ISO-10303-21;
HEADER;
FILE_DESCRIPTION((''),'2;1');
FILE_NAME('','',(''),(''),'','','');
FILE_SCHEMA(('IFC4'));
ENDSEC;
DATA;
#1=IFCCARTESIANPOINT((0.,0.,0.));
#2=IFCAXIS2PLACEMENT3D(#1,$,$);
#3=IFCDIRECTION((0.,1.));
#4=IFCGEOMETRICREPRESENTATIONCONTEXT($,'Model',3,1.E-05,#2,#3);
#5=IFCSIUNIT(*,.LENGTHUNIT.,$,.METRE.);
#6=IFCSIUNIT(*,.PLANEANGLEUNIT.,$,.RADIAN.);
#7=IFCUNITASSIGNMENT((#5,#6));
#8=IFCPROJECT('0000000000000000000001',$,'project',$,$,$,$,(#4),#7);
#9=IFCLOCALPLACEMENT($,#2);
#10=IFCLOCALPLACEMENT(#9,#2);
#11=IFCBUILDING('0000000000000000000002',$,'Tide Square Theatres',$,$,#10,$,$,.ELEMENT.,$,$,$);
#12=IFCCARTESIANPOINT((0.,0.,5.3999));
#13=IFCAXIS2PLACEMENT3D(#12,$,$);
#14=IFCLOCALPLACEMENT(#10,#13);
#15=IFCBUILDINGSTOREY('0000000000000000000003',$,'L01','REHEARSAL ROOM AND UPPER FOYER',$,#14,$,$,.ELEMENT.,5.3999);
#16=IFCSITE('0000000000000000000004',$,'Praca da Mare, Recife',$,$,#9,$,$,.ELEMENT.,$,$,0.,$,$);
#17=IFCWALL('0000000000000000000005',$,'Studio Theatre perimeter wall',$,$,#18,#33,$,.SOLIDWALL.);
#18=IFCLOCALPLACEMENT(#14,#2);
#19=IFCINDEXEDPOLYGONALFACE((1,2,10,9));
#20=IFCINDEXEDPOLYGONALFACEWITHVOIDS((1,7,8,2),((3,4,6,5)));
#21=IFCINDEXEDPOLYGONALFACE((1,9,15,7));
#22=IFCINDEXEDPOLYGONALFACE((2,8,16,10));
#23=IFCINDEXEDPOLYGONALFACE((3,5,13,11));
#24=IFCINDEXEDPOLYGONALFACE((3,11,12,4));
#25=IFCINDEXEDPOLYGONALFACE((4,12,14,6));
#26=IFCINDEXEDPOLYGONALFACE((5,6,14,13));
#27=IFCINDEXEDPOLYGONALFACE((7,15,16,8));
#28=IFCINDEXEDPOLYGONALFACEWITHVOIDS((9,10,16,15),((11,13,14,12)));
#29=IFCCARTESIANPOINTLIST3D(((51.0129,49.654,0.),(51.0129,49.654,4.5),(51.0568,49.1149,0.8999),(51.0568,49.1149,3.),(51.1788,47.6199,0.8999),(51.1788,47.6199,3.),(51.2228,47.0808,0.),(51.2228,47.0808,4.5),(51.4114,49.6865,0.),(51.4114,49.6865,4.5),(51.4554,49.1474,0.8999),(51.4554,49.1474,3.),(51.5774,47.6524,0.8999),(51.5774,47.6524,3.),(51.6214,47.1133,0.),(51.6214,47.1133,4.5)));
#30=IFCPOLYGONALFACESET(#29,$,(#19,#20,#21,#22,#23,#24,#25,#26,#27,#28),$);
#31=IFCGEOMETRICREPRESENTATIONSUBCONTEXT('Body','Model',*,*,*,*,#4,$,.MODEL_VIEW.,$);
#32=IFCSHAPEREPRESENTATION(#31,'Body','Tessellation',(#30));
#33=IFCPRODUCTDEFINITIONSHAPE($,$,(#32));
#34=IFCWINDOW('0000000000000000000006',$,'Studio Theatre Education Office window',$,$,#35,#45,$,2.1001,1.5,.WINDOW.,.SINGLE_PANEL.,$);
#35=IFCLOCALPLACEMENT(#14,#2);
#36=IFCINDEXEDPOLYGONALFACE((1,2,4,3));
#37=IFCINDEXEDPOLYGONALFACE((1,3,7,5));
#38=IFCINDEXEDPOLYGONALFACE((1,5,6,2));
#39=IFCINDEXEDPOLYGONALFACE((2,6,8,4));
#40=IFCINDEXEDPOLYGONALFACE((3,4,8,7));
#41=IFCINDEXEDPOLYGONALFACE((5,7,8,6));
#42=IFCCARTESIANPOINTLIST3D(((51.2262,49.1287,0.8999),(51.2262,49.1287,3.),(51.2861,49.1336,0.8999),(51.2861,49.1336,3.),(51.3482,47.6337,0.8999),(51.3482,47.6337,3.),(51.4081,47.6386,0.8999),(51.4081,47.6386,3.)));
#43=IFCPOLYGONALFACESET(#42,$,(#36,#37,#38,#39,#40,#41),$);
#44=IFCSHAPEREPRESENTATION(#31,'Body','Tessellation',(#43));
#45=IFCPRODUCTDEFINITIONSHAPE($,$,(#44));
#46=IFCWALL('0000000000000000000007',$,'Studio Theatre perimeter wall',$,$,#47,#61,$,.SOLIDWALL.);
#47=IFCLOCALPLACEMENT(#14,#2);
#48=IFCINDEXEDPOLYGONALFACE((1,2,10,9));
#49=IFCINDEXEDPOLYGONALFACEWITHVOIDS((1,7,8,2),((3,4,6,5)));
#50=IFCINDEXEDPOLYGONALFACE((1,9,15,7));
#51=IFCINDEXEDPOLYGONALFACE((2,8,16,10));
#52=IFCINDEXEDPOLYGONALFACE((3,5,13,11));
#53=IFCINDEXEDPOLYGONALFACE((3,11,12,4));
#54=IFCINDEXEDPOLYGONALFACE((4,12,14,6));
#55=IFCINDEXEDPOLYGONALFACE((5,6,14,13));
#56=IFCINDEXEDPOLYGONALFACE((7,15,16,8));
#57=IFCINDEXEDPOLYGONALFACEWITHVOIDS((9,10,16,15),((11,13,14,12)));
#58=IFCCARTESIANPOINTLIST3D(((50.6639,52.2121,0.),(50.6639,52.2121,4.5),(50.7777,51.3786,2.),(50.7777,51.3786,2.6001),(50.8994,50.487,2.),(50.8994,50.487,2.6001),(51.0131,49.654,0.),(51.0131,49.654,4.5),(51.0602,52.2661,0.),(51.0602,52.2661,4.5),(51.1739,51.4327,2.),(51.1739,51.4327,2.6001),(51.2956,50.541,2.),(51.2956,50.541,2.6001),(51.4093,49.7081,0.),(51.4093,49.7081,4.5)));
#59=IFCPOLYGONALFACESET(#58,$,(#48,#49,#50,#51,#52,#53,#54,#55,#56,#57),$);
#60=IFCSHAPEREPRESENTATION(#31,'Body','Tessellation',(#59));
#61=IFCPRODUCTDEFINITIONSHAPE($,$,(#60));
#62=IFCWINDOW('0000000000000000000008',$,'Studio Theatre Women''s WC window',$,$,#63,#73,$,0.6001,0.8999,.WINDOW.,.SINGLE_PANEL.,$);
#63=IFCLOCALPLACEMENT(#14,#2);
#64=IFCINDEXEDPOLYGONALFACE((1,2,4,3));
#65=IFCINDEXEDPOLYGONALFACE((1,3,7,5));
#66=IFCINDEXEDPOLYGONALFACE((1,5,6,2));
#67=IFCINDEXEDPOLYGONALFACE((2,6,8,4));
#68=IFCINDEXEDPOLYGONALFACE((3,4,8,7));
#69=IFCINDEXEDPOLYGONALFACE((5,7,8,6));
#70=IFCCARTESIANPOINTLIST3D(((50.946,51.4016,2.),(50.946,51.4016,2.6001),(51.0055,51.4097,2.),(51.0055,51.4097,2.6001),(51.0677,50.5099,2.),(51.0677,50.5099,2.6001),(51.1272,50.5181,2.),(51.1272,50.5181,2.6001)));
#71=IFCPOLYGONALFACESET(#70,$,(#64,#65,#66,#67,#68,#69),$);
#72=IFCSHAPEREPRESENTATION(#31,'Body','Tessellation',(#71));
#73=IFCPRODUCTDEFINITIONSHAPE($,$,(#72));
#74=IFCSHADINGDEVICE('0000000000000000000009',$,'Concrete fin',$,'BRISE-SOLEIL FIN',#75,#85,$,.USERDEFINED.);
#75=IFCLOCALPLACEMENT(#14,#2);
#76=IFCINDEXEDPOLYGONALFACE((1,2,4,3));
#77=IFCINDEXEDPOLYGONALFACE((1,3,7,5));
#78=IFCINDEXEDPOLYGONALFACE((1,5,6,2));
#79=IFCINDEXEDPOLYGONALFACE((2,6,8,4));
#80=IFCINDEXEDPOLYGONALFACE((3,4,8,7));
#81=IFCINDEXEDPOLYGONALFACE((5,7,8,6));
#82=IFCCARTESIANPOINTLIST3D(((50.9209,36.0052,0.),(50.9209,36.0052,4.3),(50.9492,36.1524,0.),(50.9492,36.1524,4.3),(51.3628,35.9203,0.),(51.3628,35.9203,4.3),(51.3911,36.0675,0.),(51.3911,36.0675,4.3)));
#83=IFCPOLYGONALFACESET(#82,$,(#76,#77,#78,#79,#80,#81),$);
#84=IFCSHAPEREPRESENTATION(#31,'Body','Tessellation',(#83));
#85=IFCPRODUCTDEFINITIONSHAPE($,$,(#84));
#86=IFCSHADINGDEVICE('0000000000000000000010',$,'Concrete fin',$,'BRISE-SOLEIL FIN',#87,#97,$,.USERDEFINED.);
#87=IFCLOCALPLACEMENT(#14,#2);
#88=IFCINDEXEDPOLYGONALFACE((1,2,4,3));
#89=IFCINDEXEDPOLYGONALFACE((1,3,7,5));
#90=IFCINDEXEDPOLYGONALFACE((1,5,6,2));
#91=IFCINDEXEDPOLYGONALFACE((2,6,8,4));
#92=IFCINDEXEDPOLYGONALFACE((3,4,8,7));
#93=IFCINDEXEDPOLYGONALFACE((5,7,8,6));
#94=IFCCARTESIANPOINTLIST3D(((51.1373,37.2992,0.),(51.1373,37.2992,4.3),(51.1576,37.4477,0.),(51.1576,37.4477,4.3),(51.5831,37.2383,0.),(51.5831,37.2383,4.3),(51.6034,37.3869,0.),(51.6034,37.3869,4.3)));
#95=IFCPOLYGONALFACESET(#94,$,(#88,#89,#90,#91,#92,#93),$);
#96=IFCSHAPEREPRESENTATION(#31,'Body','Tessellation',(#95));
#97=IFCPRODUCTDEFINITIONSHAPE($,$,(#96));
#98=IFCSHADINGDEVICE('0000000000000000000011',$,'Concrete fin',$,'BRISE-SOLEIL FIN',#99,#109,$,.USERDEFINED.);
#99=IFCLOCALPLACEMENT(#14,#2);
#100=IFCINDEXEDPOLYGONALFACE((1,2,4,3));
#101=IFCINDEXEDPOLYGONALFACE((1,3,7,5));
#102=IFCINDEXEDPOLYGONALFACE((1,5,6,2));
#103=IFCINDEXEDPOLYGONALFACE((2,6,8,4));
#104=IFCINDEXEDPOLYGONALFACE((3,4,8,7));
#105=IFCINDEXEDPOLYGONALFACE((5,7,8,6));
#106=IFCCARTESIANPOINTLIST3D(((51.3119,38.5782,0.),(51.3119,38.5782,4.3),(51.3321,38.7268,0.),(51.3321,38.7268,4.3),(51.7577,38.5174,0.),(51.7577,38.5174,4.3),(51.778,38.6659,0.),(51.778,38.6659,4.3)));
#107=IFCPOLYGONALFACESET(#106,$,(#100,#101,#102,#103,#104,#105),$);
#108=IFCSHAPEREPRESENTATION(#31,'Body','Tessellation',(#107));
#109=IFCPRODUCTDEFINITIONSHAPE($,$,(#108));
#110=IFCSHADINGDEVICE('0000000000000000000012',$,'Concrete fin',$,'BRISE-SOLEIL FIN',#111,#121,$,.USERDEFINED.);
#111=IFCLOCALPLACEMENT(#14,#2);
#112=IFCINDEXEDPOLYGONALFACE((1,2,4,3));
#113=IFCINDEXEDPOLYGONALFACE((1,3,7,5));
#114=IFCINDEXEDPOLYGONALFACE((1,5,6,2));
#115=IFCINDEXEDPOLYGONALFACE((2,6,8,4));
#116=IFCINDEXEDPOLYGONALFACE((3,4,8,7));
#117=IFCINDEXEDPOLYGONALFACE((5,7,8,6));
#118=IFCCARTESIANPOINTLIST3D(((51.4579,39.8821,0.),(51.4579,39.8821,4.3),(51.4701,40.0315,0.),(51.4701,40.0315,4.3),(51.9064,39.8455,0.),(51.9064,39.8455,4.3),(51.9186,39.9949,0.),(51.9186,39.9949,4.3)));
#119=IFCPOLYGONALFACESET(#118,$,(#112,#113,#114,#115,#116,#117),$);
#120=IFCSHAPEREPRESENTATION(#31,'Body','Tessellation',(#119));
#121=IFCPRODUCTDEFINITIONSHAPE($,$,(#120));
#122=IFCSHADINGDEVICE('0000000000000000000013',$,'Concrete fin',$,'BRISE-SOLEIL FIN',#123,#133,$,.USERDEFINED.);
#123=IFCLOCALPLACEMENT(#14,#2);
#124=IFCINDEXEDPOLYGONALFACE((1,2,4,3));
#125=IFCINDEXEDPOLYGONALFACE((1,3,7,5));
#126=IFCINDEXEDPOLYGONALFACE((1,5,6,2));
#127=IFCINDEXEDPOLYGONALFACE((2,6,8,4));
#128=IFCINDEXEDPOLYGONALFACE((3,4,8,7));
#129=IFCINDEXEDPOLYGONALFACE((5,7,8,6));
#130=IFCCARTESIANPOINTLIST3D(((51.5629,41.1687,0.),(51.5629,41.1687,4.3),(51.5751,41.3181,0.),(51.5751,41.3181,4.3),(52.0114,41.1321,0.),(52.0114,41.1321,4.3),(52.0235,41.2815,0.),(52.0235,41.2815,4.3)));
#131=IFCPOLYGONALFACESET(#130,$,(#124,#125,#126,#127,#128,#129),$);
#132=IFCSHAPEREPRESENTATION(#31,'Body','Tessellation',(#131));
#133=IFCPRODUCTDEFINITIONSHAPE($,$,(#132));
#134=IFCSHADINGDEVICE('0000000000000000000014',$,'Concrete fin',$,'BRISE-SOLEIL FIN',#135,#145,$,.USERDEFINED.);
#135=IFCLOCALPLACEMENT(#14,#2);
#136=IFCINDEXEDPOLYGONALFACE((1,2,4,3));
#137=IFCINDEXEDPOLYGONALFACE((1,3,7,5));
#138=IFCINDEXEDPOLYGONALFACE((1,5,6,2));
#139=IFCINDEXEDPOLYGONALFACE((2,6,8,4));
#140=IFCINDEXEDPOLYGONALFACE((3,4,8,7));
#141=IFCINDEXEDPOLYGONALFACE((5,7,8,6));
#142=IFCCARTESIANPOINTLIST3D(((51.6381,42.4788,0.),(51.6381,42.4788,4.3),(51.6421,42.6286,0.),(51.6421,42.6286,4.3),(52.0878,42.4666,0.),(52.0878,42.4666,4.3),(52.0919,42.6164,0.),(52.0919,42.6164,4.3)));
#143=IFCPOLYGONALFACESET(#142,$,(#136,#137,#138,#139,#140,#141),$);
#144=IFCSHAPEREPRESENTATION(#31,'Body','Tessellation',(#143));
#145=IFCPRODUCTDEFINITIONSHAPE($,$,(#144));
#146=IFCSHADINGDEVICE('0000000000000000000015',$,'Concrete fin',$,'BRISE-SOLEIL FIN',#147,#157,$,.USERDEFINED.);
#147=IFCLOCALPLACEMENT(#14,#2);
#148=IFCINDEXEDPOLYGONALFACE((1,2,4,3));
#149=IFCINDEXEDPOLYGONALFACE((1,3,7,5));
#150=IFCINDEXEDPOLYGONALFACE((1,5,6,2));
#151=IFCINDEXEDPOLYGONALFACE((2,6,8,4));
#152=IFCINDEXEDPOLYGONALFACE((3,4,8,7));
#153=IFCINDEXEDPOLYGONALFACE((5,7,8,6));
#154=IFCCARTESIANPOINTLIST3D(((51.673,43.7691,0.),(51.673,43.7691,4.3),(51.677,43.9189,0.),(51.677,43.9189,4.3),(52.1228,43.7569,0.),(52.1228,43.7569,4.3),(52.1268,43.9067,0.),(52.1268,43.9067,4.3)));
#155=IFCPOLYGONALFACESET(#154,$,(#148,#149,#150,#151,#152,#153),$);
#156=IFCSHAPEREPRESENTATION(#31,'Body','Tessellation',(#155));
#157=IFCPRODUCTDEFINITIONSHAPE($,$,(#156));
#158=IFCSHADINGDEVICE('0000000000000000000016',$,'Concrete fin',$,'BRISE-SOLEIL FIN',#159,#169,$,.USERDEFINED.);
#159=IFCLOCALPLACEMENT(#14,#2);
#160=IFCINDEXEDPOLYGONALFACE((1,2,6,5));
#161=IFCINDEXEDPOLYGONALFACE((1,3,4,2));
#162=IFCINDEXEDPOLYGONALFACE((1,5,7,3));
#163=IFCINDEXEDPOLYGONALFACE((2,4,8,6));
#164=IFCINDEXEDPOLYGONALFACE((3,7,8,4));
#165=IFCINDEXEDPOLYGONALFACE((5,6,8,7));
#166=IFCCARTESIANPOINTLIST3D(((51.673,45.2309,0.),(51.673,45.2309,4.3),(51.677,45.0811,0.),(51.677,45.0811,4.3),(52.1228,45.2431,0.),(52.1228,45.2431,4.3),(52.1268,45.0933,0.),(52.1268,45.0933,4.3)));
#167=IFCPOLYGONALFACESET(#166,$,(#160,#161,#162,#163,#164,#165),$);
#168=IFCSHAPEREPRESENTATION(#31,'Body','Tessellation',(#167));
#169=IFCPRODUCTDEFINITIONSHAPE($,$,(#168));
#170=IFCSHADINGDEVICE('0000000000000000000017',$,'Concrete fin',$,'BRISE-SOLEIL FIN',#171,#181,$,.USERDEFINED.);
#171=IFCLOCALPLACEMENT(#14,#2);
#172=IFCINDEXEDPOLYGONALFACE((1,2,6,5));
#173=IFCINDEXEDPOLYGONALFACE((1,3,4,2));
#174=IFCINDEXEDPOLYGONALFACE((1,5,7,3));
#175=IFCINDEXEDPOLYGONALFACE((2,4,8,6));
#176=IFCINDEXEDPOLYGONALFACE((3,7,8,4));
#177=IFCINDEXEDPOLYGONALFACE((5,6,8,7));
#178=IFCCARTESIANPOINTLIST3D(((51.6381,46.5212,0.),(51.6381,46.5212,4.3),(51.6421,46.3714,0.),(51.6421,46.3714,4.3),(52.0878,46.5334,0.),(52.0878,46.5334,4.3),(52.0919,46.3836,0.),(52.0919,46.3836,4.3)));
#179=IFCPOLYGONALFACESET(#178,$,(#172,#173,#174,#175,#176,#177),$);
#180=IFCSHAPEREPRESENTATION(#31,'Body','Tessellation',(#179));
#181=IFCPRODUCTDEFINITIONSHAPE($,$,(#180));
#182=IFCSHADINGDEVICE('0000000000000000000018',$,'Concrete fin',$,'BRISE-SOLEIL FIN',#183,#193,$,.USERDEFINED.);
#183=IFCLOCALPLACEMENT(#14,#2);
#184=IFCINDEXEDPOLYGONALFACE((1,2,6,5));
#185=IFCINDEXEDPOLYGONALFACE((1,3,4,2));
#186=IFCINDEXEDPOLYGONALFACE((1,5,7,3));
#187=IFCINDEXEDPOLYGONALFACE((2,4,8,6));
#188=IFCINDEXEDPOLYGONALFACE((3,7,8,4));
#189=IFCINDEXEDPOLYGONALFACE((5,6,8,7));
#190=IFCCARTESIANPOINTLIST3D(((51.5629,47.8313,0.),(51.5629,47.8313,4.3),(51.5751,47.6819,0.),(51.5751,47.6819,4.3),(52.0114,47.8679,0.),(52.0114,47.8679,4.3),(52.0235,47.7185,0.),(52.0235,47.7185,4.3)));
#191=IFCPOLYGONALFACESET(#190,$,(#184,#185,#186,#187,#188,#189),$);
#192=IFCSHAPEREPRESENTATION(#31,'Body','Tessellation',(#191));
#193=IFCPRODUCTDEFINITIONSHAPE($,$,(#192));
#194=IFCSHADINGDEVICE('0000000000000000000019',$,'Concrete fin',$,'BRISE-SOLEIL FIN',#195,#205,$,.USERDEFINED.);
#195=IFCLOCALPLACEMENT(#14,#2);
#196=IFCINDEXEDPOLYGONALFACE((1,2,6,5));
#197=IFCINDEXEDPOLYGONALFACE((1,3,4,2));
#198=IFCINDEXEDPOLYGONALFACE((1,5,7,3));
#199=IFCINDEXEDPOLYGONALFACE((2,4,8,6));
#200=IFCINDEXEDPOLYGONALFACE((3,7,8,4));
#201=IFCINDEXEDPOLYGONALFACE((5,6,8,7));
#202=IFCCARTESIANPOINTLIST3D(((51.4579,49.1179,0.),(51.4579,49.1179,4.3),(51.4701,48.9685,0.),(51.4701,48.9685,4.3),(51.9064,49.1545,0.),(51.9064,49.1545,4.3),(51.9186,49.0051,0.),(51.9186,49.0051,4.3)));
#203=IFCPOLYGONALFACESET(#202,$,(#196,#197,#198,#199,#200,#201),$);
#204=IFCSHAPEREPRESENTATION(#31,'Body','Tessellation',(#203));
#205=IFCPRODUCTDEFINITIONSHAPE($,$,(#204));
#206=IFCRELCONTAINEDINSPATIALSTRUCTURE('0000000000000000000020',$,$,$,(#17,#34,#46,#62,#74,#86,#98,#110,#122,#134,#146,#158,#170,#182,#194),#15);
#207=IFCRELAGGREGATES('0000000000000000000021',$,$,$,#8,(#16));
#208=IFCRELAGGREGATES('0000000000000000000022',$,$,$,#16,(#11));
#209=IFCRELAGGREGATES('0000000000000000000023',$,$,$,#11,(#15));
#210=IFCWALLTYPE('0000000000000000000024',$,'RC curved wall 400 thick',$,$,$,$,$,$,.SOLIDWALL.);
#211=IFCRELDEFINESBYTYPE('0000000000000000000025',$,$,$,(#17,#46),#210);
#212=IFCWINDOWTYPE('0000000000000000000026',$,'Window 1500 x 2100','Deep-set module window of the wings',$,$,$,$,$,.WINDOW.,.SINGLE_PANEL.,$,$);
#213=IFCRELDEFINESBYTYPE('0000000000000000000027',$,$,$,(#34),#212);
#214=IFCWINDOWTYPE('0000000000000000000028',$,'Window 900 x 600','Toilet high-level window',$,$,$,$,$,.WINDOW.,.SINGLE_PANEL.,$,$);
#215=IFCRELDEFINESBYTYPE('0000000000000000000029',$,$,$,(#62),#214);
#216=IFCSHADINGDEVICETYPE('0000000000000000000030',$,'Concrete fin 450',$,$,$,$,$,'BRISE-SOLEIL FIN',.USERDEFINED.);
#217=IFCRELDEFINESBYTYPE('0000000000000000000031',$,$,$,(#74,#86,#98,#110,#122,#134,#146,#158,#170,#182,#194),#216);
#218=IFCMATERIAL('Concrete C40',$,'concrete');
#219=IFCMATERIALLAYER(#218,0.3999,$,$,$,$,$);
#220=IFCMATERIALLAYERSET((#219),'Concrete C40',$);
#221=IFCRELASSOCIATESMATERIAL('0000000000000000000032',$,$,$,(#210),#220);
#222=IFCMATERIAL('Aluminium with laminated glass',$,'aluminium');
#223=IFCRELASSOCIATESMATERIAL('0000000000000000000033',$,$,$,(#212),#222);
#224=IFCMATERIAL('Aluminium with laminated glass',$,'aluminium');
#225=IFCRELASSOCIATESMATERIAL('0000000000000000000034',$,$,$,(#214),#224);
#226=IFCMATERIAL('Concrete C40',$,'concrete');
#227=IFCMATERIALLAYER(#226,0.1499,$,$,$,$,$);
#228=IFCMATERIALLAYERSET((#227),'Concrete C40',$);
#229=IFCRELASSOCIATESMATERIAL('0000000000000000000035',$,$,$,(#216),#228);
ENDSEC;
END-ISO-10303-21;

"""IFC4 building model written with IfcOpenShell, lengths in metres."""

from ifc_helpers import new_model, si_unit, direction, frame, frame_2d, origin, origin_2d, place, context, subcontext, project, spatial, rectangle, extrude, material, layer, layer_set, type_object, element, fill, save


model = new_model("IFC4")

# Units and contexts
model_context = context("Model", 3, precision=1e-05, world=origin(), true_north=direction((0.0, 1.0)))
body_context = subcontext(model_context, "Body", "Model", "MODEL_VIEW")
ifc_project = project(units=[si_unit("LENGTHUNIT", "METRE"), si_unit("PLANEANGLEUNIT", "RADIAN")], contexts=[model_context])

# Site, building, storey
site_placement = place(None, origin())
site = spatial("IfcSite", under=ifc_project, at=site_placement, Name="Praca da Mare, Recife", CompositionType="ELEMENT", RefElevation=0.0)
building_placement = place(site_placement, origin())
building = spatial("IfcBuilding", under=site, at=building_placement, Name="Tide Square Theatres", CompositionType="ELEMENT")
storey_placement = place(building_placement, frame((0.0, 0.0, 5.3999)))
storey = spatial("IfcBuildingStorey", under=building, at=storey_placement, Name="L01", Description="REHEARSAL ROOM AND UPPER FOYER", CompositionType="ELEMENT", Elevation=5.3999)

# Walls, openings, windows
ifc_material_1 = material(Name="Concrete C40", Category="concrete")
ifc_layer_1 = layer(ifc_material_1, 0.3999)
ifc_layer_set_1 = layer_set([ifc_layer_1], Name="Concrete C40")
wall_type_1 = type_object("IfcWallType", Name="RC curved wall 400 thick", PredefinedType="SOLIDWALL", material=ifc_layer_set_1)
ifc_material_2 = material(Name="Aluminium with laminated glass", Category="aluminium")
window_type_1 = type_object("IfcWindowType", Name="Window 1500 x 2100", Description="Deep-set module window of the wings", PartitioningType="SINGLE_PANEL", PredefinedType="WINDOW", material=ifc_material_2)
wall_1_placement = place(storey_placement, frame((51.4221, 47.0969, 0.0), z_axis=(0.0, 0.0, 1.0), x_axis=(-0.081324, 0.996688, 0.0)))
wall_1 = element("IfcWall", 1, at=wall_1_placement, inside=storey, type_object=wall_type_1, Name="Studio Theatre perimeter wall", PredefinedType="SOLIDWALL", context=body_context, shape_type="SweptSolid", body=[
    extrude(rectangle(XDim=2.5818, YDim=0.3999, at=frame_2d((1.291, 0.0))), origin(), (0.0, 0.0, 1.0), 4.5),
])
opening_1_placement = place(wall_1_placement, frame((0.541, 0.0, 0.8999)))
opening_1 = element("IfcOpeningElement", 2, at=opening_1_placement, cuts=wall_1, PredefinedType="OPENING", context=body_context, shape_type="SweptSolid", body=[
    extrude(rectangle(XDim=1.5, YDim=2.1001, at=frame_2d((0.75, 1.05))), frame((0.0, 0.21, 0.0), z_axis=(0.0, -1.0, 0.0), x_axis=(1.0, 0.0, 0.0)), (0.0, 0.0, 1.0), 0.4199),
])
window_1_placement = place(opening_1_placement, origin())
window_1 = element("IfcWindow", 3, at=window_1_placement, inside=storey, type_object=window_type_1, Name="Studio Theatre Education Office window", OverallHeight=2.1001, OverallWidth=1.5, PartitioningType="SINGLE_PANEL", PredefinedType="WINDOW", context=body_context, shape_type="SweptSolid", body=[
    extrude(rectangle(XDim=1.5, YDim=2.1001, at=frame_2d((0.75, 1.05))), frame((0.0, 0.03, 0.0), z_axis=(0.0, -1.0, 0.0), x_axis=(1.0, 0.0, 0.0)), (0.0, 0.0, 1.0), 0.0601),
])
fill(opening_1, window_1)
wall_2_placement = place(storey_placement, frame((51.2112, 49.6809, 0.0), z_axis=(0.0, 0.0, 1.0), x_axis=(-0.135223, 0.990815, 0.0)))
wall_2 = element("IfcWall", 4, at=wall_2_placement, inside=storey, type_object=wall_type_1, Name="Studio Theatre perimeter wall", PredefinedType="SOLIDWALL", context=body_context, shape_type="SweptSolid", body=[
    extrude(rectangle(XDim=2.5818, YDim=0.3999, at=frame_2d((1.291, 0.0))), origin(), (0.0, 0.0, 1.0), 4.5),
])
opening_2_placement = place(wall_2_placement, frame((0.8408, 0.0, 2.0)))
opening_2 = element("IfcOpeningElement", 5, at=opening_2_placement, cuts=wall_2, PredefinedType="OPENING", context=body_context, shape_type="SweptSolid", body=[
    extrude(rectangle(XDim=0.8999, YDim=0.6001, at=frame_2d((0.45, 0.3))), frame((0.0, 0.21, 0.0), z_axis=(0.0, -1.0, 0.0), x_axis=(1.0, 0.0, 0.0)), (0.0, 0.0, 1.0), 0.4199),
])
ifc_material_3 = material(Name="Aluminium with laminated glass", Category="aluminium")
window_type_2 = type_object("IfcWindowType", Name="Window 900 x 600", Description="Toilet high-level window", PartitioningType="SINGLE_PANEL", PredefinedType="WINDOW", material=ifc_material_3)
window_2_placement = place(opening_2_placement, origin())
window_2 = element("IfcWindow", 6, at=window_2_placement, inside=storey, type_object=window_type_2, Name="Studio Theatre Women's WC window", OverallHeight=0.6001, OverallWidth=0.8999, PartitioningType="SINGLE_PANEL", PredefinedType="WINDOW", context=body_context, shape_type="SweptSolid", body=[
    extrude(rectangle(XDim=0.8999, YDim=0.6001, at=frame_2d((0.45, 0.3))), frame((0.0, 0.03, 0.0), z_axis=(0.0, -1.0, 0.0), x_axis=(1.0, 0.0, 0.0)), (0.0, 0.0, 1.0), 0.0601),
])
fill(opening_2, window_2)

# Shading devices
ifc_material_4 = material(Name="Concrete C40", Category="concrete")
ifc_layer_2 = layer(ifc_material_4, 0.1499)
ifc_layer_set_2 = layer_set([ifc_layer_2], Name="Concrete C40")
shading_device_type = type_object("IfcShadingDeviceType", Name="Concrete fin 450", ElementType="BRISE-SOLEIL FIN", PredefinedType="USERDEFINED", material=ifc_layer_set_2)
for number, where, z_axis, x_axis, name in (
    (7, (51.156, 36.0364, 0.0), (0.0, 0.0, 1.0), (0.188736, 0.982028, 0.0), "Concrete fin"),
    (8, (51.3704, 37.343, 0.0), (0.0, 0.0, 1.0), (0.135214, 0.990816, 0.0), "Concrete fin"),
    (9, (51.5449, 38.6221, 0.0), (0.0, 0.0, 1.0), (0.135214, 0.990816, 0.0), "Concrete fin"),
    (10, (51.6882, 39.9385, 0.0), (0.0, 0.0, 1.0), (0.081295, 0.99669, 0.0), "Concrete fin"),
    (11, (51.7932, 41.2251, 0.0), (0.0, 0.0, 1.0), (0.081295, 0.99669, 0.0), "Concrete fin"),
    (12, (51.865, 42.5476, 0.0), (0.0, 0.0, 1.0), (0.027154, 0.999631, 0.0), "Concrete fin"),
    (13, (51.8999, 43.8379, 0.0), (0.0, 0.0, 1.0), (0.027154, 0.999631, 0.0), "Concrete fin"),
    (14, (51.8999, 45.1621, 0.0), (0.0, 0.0, 1.0), (-0.027154, 0.999631, 0.0), "Concrete fin"),
    (15, (51.865, 46.4524, 0.0), (0.0, 0.0, 1.0), (-0.027154, 0.999631, 0.0), "Concrete fin"),
    (16, (51.7932, 47.7749, 0.0), (0.0, 0.0, 1.0), (-0.081295, 0.99669, 0.0), "Concrete fin"),
    (17, (51.6882, 49.0615, 0.0), (0.0, 0.0, 1.0), (-0.081295, 0.99669, 0.0), "Concrete fin"),
):
    element("IfcShadingDevice", number, at=place(storey_placement, frame(where, z_axis=z_axis, x_axis=x_axis)), inside=storey, type_object=shading_device_type, Name=name, ObjectType="BRISE-SOLEIL FIN", PredefinedType="USERDEFINED", context=body_context, shape_type="SweptSolid", body=[
        extrude(rectangle(XDim=0.1499, YDim=0.45, at=origin_2d()), origin(), (0.0, 0.0, 1.0), 4.3),
    ])

save(model, "model.ifc")
